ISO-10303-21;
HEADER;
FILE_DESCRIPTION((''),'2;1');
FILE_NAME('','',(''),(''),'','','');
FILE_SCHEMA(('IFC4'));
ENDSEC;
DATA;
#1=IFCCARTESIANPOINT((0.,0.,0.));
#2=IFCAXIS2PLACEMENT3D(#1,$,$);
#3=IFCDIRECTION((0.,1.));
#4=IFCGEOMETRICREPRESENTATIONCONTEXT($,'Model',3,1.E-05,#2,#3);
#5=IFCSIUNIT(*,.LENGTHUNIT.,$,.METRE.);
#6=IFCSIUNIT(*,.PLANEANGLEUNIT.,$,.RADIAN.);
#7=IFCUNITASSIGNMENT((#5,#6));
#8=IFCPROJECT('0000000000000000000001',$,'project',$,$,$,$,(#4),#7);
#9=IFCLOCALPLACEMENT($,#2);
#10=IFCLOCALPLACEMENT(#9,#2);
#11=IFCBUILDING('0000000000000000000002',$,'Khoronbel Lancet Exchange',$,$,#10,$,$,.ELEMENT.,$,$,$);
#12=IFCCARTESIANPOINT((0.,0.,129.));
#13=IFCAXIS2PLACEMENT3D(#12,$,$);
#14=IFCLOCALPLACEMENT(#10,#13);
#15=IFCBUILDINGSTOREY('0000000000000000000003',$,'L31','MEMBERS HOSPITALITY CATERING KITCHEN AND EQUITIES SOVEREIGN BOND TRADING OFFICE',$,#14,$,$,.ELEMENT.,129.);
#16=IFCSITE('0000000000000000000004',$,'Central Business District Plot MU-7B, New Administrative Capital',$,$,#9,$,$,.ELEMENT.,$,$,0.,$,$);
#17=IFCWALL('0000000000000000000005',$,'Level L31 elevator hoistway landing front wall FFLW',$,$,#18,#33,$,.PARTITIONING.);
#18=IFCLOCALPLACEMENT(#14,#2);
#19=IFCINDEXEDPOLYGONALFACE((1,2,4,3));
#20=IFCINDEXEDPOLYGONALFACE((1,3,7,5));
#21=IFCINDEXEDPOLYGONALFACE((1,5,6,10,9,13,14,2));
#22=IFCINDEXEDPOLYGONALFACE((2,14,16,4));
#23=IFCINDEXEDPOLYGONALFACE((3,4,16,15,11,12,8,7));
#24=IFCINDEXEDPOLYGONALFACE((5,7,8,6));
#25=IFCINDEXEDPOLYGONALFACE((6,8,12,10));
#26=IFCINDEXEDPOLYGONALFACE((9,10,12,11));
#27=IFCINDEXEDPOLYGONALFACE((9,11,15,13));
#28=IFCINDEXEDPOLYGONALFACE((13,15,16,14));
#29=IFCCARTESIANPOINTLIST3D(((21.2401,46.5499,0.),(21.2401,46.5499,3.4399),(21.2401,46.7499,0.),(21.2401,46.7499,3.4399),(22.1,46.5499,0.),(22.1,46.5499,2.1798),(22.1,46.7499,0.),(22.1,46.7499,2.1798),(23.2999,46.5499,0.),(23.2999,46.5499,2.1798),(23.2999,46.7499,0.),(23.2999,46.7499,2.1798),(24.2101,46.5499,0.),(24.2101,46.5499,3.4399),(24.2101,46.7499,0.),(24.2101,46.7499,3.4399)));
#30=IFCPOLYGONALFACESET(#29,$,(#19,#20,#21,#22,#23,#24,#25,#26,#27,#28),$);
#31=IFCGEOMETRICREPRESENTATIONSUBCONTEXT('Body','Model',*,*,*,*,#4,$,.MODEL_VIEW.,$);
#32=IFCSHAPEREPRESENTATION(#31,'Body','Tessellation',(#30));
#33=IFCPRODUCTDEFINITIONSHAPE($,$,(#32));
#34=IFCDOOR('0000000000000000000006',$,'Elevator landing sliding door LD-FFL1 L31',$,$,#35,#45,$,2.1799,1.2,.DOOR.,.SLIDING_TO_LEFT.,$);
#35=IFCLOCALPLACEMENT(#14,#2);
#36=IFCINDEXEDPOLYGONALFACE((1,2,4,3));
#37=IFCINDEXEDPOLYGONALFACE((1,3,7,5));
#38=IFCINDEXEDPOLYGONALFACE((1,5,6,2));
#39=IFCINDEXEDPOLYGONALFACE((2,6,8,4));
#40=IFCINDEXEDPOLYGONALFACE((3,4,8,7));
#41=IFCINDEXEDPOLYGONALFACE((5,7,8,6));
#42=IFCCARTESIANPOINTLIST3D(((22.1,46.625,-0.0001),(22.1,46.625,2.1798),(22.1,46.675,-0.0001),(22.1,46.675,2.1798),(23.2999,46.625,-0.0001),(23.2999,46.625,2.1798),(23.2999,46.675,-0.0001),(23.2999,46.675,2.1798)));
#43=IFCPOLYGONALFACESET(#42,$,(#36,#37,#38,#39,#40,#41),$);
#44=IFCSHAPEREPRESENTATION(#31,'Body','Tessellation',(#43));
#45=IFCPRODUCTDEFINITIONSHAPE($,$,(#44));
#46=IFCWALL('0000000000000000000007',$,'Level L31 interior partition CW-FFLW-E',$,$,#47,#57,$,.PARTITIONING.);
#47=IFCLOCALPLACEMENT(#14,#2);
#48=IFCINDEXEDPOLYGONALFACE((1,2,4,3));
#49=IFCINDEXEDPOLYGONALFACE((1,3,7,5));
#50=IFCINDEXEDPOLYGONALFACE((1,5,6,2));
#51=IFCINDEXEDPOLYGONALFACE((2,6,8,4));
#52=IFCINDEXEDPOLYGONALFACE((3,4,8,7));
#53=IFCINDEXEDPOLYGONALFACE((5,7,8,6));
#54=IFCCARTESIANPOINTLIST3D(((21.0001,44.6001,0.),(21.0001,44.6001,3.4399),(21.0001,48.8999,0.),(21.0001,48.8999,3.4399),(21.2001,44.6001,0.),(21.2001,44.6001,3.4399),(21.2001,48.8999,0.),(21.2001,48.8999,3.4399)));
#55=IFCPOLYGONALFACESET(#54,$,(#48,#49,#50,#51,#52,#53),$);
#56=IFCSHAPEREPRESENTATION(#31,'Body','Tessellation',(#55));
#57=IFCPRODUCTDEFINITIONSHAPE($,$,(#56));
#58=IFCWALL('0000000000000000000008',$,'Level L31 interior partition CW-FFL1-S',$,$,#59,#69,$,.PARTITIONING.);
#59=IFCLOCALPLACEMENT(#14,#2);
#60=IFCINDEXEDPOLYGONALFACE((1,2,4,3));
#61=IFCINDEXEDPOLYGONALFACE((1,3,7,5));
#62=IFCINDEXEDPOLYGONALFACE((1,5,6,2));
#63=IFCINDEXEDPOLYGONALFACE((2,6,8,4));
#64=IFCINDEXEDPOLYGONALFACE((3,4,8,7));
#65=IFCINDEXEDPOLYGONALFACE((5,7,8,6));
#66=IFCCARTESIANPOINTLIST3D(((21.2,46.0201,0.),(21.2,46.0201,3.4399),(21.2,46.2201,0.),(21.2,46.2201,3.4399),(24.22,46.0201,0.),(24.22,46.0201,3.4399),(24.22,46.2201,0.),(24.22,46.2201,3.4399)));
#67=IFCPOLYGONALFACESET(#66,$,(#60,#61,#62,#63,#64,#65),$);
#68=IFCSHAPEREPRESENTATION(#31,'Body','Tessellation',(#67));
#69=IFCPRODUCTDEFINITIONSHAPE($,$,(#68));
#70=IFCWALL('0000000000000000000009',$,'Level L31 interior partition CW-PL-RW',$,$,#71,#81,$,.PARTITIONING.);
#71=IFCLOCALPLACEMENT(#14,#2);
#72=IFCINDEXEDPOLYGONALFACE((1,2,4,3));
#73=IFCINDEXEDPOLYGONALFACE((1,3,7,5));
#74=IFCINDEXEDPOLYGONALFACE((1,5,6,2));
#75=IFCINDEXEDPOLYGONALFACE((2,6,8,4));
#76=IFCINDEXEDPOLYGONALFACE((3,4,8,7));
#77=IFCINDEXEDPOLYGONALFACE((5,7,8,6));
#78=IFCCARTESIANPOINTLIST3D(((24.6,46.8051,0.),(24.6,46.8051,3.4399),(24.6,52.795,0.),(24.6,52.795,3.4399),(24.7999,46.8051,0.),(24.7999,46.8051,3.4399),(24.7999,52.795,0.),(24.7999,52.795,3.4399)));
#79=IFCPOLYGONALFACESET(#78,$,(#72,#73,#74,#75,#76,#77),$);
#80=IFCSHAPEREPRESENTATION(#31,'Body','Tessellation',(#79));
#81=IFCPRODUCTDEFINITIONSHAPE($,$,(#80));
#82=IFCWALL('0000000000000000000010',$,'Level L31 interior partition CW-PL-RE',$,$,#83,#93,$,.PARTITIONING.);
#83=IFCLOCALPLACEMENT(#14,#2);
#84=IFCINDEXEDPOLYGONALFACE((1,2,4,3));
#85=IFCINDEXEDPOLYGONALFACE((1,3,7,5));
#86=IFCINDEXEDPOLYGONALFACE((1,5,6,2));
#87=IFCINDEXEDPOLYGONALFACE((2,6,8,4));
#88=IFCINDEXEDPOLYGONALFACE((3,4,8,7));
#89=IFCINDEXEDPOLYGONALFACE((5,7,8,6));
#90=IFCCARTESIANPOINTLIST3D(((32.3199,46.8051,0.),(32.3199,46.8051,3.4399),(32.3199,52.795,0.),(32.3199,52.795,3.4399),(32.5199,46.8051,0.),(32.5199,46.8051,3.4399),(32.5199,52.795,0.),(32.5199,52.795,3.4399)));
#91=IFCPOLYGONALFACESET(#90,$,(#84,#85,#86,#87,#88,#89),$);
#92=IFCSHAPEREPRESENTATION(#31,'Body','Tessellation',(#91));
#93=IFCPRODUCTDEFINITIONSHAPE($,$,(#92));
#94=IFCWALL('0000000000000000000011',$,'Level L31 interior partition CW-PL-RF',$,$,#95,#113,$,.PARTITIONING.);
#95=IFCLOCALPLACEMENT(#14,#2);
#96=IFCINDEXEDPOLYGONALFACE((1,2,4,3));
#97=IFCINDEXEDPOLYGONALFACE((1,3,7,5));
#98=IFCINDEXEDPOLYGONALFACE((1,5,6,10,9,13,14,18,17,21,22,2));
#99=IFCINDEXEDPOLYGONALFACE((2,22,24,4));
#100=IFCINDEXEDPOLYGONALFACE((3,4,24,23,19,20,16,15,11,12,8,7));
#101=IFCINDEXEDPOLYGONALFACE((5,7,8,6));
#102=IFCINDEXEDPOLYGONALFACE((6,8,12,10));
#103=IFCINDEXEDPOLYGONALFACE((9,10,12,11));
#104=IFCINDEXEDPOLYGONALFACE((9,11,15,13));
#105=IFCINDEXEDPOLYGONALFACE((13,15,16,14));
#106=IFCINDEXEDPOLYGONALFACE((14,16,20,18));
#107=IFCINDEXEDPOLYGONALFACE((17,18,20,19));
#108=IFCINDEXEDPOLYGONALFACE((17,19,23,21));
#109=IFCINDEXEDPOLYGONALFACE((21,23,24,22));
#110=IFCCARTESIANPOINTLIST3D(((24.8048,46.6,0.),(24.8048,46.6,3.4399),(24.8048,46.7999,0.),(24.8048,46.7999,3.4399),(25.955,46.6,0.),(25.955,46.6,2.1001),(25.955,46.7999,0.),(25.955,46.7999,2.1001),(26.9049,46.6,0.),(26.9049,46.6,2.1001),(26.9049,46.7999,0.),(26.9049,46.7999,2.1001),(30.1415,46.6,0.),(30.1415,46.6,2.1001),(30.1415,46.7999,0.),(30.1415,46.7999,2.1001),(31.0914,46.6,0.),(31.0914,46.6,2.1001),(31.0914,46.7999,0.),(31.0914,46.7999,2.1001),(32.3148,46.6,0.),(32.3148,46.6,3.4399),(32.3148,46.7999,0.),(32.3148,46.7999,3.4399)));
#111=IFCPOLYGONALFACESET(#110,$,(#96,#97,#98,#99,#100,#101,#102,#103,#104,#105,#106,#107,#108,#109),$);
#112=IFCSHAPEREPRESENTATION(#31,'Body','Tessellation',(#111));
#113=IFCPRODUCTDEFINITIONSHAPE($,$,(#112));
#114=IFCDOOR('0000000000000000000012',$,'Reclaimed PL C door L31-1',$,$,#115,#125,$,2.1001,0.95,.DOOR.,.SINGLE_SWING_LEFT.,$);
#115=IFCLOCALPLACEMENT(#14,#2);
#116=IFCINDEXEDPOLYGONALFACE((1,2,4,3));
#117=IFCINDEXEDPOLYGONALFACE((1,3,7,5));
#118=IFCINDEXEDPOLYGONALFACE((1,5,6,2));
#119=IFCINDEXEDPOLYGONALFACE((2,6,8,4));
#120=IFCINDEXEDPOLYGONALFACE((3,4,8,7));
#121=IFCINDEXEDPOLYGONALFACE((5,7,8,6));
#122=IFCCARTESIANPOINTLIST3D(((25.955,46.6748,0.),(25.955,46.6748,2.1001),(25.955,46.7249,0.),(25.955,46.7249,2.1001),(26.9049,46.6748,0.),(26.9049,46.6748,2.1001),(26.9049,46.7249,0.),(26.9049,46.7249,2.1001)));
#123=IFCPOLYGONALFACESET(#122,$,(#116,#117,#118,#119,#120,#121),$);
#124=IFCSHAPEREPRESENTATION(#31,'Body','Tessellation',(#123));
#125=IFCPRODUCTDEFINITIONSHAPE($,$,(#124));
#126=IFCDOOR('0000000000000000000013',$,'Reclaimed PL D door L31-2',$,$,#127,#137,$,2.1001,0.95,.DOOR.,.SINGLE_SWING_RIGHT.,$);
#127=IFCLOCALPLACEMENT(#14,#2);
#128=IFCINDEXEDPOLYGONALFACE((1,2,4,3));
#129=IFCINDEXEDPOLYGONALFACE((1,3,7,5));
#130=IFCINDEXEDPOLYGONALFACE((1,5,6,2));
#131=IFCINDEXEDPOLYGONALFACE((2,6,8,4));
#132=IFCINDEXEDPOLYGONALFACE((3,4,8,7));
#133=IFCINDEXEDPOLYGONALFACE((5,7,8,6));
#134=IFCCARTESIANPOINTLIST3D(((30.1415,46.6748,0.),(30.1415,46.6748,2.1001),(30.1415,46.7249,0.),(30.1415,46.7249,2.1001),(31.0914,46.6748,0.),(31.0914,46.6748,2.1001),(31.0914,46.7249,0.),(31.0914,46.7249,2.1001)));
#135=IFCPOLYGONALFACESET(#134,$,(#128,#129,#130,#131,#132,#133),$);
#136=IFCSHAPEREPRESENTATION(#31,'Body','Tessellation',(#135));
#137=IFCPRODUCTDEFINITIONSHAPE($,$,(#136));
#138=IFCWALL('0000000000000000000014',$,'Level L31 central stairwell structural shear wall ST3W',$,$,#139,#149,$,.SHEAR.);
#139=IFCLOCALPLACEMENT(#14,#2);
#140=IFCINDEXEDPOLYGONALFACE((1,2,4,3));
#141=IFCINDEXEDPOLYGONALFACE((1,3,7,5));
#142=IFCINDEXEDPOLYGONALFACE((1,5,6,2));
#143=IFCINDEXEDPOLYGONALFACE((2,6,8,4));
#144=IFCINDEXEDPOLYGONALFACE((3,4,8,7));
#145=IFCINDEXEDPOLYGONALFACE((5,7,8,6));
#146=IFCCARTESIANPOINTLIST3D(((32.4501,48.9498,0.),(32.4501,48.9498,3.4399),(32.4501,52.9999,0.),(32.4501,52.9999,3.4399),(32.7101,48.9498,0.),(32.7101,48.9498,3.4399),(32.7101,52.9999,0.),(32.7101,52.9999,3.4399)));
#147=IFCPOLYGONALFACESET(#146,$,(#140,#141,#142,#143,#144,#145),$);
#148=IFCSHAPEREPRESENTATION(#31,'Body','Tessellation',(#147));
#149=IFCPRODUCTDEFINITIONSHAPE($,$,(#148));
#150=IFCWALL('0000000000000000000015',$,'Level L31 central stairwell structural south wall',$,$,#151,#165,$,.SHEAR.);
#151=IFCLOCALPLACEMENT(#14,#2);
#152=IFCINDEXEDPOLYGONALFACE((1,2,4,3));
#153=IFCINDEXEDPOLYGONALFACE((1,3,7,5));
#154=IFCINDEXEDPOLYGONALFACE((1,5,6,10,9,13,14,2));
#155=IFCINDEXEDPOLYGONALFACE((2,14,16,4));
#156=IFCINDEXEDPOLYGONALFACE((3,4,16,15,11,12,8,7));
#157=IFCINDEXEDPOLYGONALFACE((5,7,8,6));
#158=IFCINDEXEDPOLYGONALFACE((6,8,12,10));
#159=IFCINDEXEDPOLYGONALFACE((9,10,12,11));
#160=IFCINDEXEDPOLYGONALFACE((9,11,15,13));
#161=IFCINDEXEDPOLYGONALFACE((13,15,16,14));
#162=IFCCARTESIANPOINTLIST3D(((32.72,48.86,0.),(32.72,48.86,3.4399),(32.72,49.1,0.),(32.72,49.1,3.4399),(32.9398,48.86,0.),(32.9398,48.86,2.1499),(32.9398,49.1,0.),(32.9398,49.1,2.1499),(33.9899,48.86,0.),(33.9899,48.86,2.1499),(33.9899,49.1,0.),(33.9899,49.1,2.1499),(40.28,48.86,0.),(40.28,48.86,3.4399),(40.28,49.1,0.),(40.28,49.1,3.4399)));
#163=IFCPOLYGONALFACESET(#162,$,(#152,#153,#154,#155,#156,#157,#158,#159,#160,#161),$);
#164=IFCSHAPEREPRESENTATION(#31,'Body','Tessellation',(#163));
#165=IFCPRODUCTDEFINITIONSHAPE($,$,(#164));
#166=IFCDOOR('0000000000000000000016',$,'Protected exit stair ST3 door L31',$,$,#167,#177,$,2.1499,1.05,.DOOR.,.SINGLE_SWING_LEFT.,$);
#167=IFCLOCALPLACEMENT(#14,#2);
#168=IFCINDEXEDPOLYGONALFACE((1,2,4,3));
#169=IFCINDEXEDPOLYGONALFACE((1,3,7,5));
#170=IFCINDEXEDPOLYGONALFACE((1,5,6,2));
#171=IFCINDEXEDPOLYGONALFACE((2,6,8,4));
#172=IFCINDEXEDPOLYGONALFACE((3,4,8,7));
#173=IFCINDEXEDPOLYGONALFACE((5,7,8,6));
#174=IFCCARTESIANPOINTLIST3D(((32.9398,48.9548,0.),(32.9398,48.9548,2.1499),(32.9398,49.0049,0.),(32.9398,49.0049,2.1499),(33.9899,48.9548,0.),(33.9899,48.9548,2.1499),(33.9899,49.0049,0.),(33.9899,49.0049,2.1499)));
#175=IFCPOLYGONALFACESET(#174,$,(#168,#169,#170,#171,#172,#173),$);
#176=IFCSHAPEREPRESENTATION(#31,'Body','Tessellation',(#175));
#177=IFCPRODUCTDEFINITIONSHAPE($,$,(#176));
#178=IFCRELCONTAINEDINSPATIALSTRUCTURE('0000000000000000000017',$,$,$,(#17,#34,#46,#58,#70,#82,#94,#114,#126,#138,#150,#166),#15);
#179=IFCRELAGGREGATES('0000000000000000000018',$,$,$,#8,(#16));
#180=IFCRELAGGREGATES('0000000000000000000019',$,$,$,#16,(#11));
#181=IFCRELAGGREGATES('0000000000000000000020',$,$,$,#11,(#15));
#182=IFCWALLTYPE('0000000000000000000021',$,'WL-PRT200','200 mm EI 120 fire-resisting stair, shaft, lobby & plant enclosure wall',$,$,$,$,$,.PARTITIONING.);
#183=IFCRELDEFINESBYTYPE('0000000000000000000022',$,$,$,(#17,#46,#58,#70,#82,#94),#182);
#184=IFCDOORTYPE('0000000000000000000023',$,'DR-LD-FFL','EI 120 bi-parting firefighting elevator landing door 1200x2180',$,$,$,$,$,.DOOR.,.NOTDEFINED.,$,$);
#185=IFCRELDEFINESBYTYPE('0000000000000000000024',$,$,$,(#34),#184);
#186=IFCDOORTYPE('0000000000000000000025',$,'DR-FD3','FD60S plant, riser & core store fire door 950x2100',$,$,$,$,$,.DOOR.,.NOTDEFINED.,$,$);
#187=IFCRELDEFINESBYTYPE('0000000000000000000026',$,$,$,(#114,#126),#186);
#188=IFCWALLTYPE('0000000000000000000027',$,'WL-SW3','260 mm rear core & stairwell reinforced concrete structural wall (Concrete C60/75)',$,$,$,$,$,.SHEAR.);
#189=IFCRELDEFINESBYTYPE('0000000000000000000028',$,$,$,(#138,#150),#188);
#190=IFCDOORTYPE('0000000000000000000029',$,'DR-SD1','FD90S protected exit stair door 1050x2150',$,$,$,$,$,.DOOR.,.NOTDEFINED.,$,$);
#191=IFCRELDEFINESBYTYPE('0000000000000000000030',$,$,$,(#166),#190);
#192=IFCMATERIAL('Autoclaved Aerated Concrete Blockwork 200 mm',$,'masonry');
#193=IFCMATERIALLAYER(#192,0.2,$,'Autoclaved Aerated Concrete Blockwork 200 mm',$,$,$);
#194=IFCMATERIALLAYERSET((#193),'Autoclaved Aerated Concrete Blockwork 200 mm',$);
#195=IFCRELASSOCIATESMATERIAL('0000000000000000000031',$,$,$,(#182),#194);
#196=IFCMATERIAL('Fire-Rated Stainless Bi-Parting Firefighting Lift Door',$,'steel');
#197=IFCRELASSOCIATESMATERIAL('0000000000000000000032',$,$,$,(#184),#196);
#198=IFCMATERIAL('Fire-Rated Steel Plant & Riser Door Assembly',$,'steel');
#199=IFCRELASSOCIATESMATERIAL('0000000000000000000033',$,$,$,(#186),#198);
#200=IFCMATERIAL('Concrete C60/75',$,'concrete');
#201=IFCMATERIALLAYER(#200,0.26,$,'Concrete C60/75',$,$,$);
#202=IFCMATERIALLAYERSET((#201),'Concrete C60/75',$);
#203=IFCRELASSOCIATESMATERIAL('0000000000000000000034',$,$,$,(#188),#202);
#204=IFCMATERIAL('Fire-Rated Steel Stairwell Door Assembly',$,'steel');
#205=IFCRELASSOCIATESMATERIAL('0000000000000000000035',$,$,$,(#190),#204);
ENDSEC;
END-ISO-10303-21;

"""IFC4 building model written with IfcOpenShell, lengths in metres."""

from ifc_helpers import new_model, si_unit, direction, frame, frame_2d, origin, place, context, subcontext, project, spatial, rectangle, extrude, material, layer, layer_set, type_object, element, fill, save


model = new_model("IFC4")

# Units and contexts
model_context = context("Model", 3, precision=1e-05, world=origin(), true_north=direction((0.0, 1.0)))
body_context = subcontext(model_context, "Body", "Model", "MODEL_VIEW")
ifc_project = project(units=[si_unit("LENGTHUNIT", "METRE"), si_unit("PLANEANGLEUNIT", "RADIAN")], contexts=[model_context])

# Site, building, storey
site_placement = place(None, origin())
site = spatial("IfcSite", under=ifc_project, at=site_placement, Name="Central Business District Plot MU-7B, New Administrative Capital", CompositionType="ELEMENT", RefElevation=0.0)
building_placement = place(site_placement, origin())
building = spatial("IfcBuilding", under=site, at=building_placement, Name="Khoronbel Lancet Exchange", CompositionType="ELEMENT")
storey_placement = place(building_placement, frame((0.0, 0.0, 129.0)))
storey = spatial("IfcBuildingStorey", under=building, at=storey_placement, Name="L31", Description="MEMBERS HOSPITALITY CATERING KITCHEN AND EQUITIES SOVEREIGN BOND TRADING OFFICE", CompositionType="ELEMENT", Elevation=129.0)

# Wall, opening, door
ifc_material_1 = material(Name="Autoclaved Aerated Concrete Blockwork 200 mm", Category="masonry")
ifc_layer_1 = layer(ifc_material_1, 0.2, Name="Autoclaved Aerated Concrete Blockwork 200 mm")
ifc_layer_set_1 = layer_set([ifc_layer_1], Name="Autoclaved Aerated Concrete Blockwork 200 mm")
wall_type_1 = type_object("IfcWallType", Name="WL-PRT200", Description="200 mm EI 120 fire-resisting stair, shaft, lobby & plant enclosure wall", PredefinedType="PARTITIONING", material=ifc_layer_set_1)
wall_1_placement = place(storey_placement, frame((24.21, 46.6499, 0.0), z_axis=(0.0, 0.0, 1.0), x_axis=(-1.0, 0.0, 0.0)))
wall_1 = element("IfcWall", 1, at=wall_1_placement, inside=storey, type_object=wall_type_1, Name="Level L31 elevator hoistway landing front wall FFLW", PredefinedType="PARTITIONING", context=body_context, shape_type="SweptSolid", body=[
    extrude(rectangle(XDim=2.97, YDim=0.2, at=frame_2d((1.4849, 0.0))), origin(), (0.0, 0.0, 1.0), 3.4399),
])
opening_1_placement = place(wall_1_placement, frame((0.9099, 0.0, 0.0)))
opening_1 = element("IfcOpeningElement", 2, at=opening_1_placement, cuts=wall_1, PredefinedType="OPENING", context=body_context, shape_type="SweptSolid", body=[
    extrude(rectangle(XDim=1.2, YDim=2.1799, at=frame_2d((0.6001, 1.0898))), frame((0.0, 0.1099, 0.0), z_axis=(0.0, -1.0, 0.0), x_axis=(1.0, 0.0, 0.0)), (0.0, 0.0, 1.0), 0.22),
])
ifc_material_2 = material(Name="Fire-Rated Stainless Bi-Parting Firefighting Lift Door", Category="steel")
door_type_1 = type_object("IfcDoorType", Name="DR-LD-FFL", Description="EI 120 bi-parting firefighting elevator landing door 1200x2180", OperationType="NOTDEFINED", PredefinedType="DOOR", material=ifc_material_2)
door_1_placement = place(opening_1_placement, origin())
door_1 = element("IfcDoor", 3, at=door_1_placement, inside=storey, type_object=door_type_1, Name="Elevator landing sliding door LD-FFL1 L31", OperationType="SLIDING_TO_LEFT", OverallHeight=2.1799, OverallWidth=1.2, PredefinedType="DOOR", context=body_context, shape_type="SweptSolid", body=[
    extrude(rectangle(XDim=1.2, YDim=2.1799, at=frame_2d((0.6001, 1.0898))), frame((0.0, 0.0249, 0.0), z_axis=(0.0, -1.0, 0.0), x_axis=(1.0, 0.0, 0.0)), (0.0, 0.0, 1.0), 0.05),
])
fill(opening_1, door_1)

# Walls
wall_2_placement = place(storey_placement, frame((21.1001, 44.6001, 0.0), z_axis=(0.0, 0.0, 1.0), x_axis=(0.0, 1.0, 0.0)))
element("IfcWall", 4, at=wall_2_placement, inside=storey, type_object=wall_type_1, Name="Level L31 interior partition CW-FFLW-E", PredefinedType="PARTITIONING", context=body_context, shape_type="SweptSolid", body=[
    extrude(rectangle(XDim=4.2998, YDim=0.2, at=frame_2d((2.1499, 0.0))), origin(), (0.0, 0.0, 1.0), 3.4399),
])
wall_3_placement = place(storey_placement, frame((21.2, 46.1201, 0.0), z_axis=(0.0, 0.0, 1.0), x_axis=(1.0, 0.0, 0.0)))
element("IfcWall", 5, at=wall_3_placement, inside=storey, type_object=wall_type_1, Name="Level L31 interior partition CW-FFL1-S", PredefinedType="PARTITIONING", context=body_context, shape_type="SweptSolid", body=[
    extrude(rectangle(XDim=3.02, YDim=0.2, at=frame_2d((1.51, 0.0))), origin(), (0.0, 0.0, 1.0), 3.4399),
])
for number, where, z_axis, x_axis, name in (
    (6, (24.7, 46.8049, 0.0), (0.0, 0.0, 1.0), (0.0, 1.0, 0.0), "Level L31 interior partition CW-PL-RW"),
    (7, (32.4199, 46.8049, 0.0), (0.0, 0.0, 1.0), (0.0, 1.0, 0.0), "Level L31 interior partition CW-PL-RE"),
):
    element("IfcWall", number, at=place(storey_placement, frame(where, z_axis=z_axis, x_axis=x_axis)), inside=storey, type_object=wall_type_1, Name=name, PredefinedType="PARTITIONING", context=body_context, shape_type="SweptSolid", body=[
        extrude(rectangle(XDim=5.99, YDim=0.2, at=frame_2d((2.9951, 0.0))), origin(), (0.0, 0.0, 1.0), 3.4399),
    ])

# Wall, openings, doors
wall_4_placement = place(storey_placement, frame((24.8049, 46.7, 0.0), z_axis=(0.0, 0.0, 1.0), x_axis=(1.0, 0.0, 0.0)))
wall_4 = element("IfcWall", 8, at=wall_4_placement, inside=storey, type_object=wall_type_1, Name="Level L31 interior partition CW-PL-RF", PredefinedType="PARTITIONING", context=body_context, shape_type="SweptSolid", body=[
    extrude(rectangle(XDim=7.51, YDim=0.2, at=frame_2d((3.7549, 0.0))), origin(), (0.0, 0.0, 1.0), 3.4399),
])
opening_2_placement = place(wall_4_placement, frame((1.1499, 0.0, 0.0)))
opening_2 = element("IfcOpeningElement", 9, at=opening_2_placement, cuts=wall_4, PredefinedType="OPENING", context=body_context, shape_type="SweptSolid", body=[
    extrude(rectangle(XDim=0.95, YDim=2.1001, at=frame_2d((0.4751, 1.05))), frame((0.0, 0.1099, 0.0), z_axis=(0.0, -1.0, 0.0), x_axis=(1.0, 0.0, 0.0)), (0.0, 0.0, 1.0), 0.22),
])
opening_3_placement = place(wall_4_placement, frame((5.3364, 0.0, 0.0)))
opening_3 = element("IfcOpeningElement", 10, at=opening_3_placement, cuts=wall_4, PredefinedType="OPENING", context=body_context, shape_type="SweptSolid", body=[
    extrude(rectangle(XDim=0.95, YDim=2.1001, at=frame_2d((0.4751, 1.05))), frame((0.0, 0.1099, 0.0), z_axis=(0.0, -1.0, 0.0), x_axis=(1.0, 0.0, 0.0)), (0.0, 0.0, 1.0), 0.22),
])
ifc_material_3 = material(Name="Fire-Rated Steel Plant & Riser Door Assembly", Category="steel")
door_type_2 = type_object("IfcDoorType", Name="DR-FD3", Description="FD60S plant, riser & core store fire door 950x2100", OperationType="NOTDEFINED", PredefinedType="DOOR", material=ifc_material_3)
door_2_placement = place(opening_2_placement, origin())
door_2 = element("IfcDoor", 11, at=door_2_placement, inside=storey, type_object=door_type_2, Name="Reclaimed PL C door L31-1", OperationType="SINGLE_SWING_LEFT", OverallHeight=2.1001, OverallWidth=0.95, PredefinedType="DOOR", context=body_context, shape_type="SweptSolid", body=[
    extrude(rectangle(XDim=0.95, YDim=2.1001, at=frame_2d((0.4751, 1.05))), frame((0.0, 0.0249, 0.0), z_axis=(0.0, -1.0, 0.0), x_axis=(1.0, 0.0, 0.0)), (0.0, 0.0, 1.0), 0.05),
])
fill(opening_2, door_2)
door_3_placement = place(opening_3_placement, origin())
door_3 = element("IfcDoor", 12, at=door_3_placement, inside=storey, type_object=door_type_2, Name="Reclaimed PL D door L31-2", OperationType="SINGLE_SWING_RIGHT", OverallHeight=2.1001, OverallWidth=0.95, PredefinedType="DOOR", context=body_context, shape_type="SweptSolid", body=[
    extrude(rectangle(XDim=0.95, YDim=2.1001, at=frame_2d((0.4751, 1.05))), frame((0.0, 0.0249, 0.0), z_axis=(0.0, -1.0, 0.0), x_axis=(1.0, 0.0, 0.0)), (0.0, 0.0, 1.0), 0.05),
])
fill(opening_3, door_3)

# Wall
ifc_material_4 = material(Name="Concrete C60/75", Category="concrete")
ifc_layer_2 = layer(ifc_material_4, 0.26, Name="Concrete C60/75")
ifc_layer_set_2 = layer_set([ifc_layer_2], Name="Concrete C60/75")
wall_type_2 = type_object("IfcWallType", Name="WL-SW3", Description="260 mm rear core & stairwell reinforced concrete structural wall (Concrete C60/75)", PredefinedType="SHEAR", material=ifc_layer_set_2)
wall_5_placement = place(storey_placement, frame((32.5801, 48.95, 0.0), z_axis=(0.0, 0.0, 1.0), x_axis=(0.0, 1.0, 0.0)))
element("IfcWall", 13, at=wall_5_placement, inside=storey, type_object=wall_type_2, Name="Level L31 central stairwell structural shear wall ST3W", PredefinedType="SHEAR", context=body_context, shape_type="SweptSolid", body=[
    extrude(rectangle(XDim=4.05, YDim=0.26, at=frame_2d((2.0249, 0.0))), origin(), (0.0, 0.0, 1.0), 3.4399),
])

# Wall, opening, door
wall_6_placement = place(storey_placement, frame((32.72, 48.98, 0.0), z_axis=(0.0, 0.0, 1.0), x_axis=(1.0, 0.0, 0.0)))
wall_6 = element("IfcWall", 14, at=wall_6_placement, inside=storey, type_object=wall_type_2, Name="Level L31 central stairwell structural south wall", PredefinedType="SHEAR", context=body_context, shape_type="SweptSolid", body=[
    extrude(rectangle(XDim=7.5601, YDim=0.24, at=frame_2d((3.78, 0.0))), origin(), (0.0, 0.0, 1.0), 3.4399),
])
opening_4_placement = place(wall_6_placement, frame((0.22, 0.0, 0.0)))
opening_4 = element("IfcOpeningElement", 15, at=opening_4_placement, cuts=wall_6, PredefinedType="OPENING", context=body_context, shape_type="SweptSolid", body=[
    extrude(rectangle(XDim=1.05, YDim=2.1499, at=frame_2d((0.5249, 1.075))), frame((0.0, 0.1299, 0.0), z_axis=(0.0, -1.0, 0.0), x_axis=(1.0, 0.0, 0.0)), (0.0, 0.0, 1.0), 0.26),
])
ifc_material_5 = material(Name="Fire-Rated Steel Stairwell Door Assembly", Category="steel")
door_type_3 = type_object("IfcDoorType", Name="DR-SD1", Description="FD90S protected exit stair door 1050x2150", OperationType="NOTDEFINED", PredefinedType="DOOR", material=ifc_material_5)
door_4_placement = place(opening_4_placement, origin())
door_4 = element("IfcDoor", 16, at=door_4_placement, inside=storey, type_object=door_type_3, Name="Protected exit stair ST3 door L31", OperationType="SINGLE_SWING_LEFT", OverallHeight=2.1499, OverallWidth=1.05, PredefinedType="DOOR", context=body_context, shape_type="SweptSolid", body=[
    extrude(rectangle(XDim=1.05, YDim=2.1499, at=frame_2d((0.5249, 1.075))), frame((0.0, 0.0249, 0.0), z_axis=(0.0, -1.0, 0.0), x_axis=(1.0, 0.0, 0.0)), (0.0, 0.0, 1.0), 0.05),
])
fill(opening_4, door_4)

save(model, "model.ifc")
